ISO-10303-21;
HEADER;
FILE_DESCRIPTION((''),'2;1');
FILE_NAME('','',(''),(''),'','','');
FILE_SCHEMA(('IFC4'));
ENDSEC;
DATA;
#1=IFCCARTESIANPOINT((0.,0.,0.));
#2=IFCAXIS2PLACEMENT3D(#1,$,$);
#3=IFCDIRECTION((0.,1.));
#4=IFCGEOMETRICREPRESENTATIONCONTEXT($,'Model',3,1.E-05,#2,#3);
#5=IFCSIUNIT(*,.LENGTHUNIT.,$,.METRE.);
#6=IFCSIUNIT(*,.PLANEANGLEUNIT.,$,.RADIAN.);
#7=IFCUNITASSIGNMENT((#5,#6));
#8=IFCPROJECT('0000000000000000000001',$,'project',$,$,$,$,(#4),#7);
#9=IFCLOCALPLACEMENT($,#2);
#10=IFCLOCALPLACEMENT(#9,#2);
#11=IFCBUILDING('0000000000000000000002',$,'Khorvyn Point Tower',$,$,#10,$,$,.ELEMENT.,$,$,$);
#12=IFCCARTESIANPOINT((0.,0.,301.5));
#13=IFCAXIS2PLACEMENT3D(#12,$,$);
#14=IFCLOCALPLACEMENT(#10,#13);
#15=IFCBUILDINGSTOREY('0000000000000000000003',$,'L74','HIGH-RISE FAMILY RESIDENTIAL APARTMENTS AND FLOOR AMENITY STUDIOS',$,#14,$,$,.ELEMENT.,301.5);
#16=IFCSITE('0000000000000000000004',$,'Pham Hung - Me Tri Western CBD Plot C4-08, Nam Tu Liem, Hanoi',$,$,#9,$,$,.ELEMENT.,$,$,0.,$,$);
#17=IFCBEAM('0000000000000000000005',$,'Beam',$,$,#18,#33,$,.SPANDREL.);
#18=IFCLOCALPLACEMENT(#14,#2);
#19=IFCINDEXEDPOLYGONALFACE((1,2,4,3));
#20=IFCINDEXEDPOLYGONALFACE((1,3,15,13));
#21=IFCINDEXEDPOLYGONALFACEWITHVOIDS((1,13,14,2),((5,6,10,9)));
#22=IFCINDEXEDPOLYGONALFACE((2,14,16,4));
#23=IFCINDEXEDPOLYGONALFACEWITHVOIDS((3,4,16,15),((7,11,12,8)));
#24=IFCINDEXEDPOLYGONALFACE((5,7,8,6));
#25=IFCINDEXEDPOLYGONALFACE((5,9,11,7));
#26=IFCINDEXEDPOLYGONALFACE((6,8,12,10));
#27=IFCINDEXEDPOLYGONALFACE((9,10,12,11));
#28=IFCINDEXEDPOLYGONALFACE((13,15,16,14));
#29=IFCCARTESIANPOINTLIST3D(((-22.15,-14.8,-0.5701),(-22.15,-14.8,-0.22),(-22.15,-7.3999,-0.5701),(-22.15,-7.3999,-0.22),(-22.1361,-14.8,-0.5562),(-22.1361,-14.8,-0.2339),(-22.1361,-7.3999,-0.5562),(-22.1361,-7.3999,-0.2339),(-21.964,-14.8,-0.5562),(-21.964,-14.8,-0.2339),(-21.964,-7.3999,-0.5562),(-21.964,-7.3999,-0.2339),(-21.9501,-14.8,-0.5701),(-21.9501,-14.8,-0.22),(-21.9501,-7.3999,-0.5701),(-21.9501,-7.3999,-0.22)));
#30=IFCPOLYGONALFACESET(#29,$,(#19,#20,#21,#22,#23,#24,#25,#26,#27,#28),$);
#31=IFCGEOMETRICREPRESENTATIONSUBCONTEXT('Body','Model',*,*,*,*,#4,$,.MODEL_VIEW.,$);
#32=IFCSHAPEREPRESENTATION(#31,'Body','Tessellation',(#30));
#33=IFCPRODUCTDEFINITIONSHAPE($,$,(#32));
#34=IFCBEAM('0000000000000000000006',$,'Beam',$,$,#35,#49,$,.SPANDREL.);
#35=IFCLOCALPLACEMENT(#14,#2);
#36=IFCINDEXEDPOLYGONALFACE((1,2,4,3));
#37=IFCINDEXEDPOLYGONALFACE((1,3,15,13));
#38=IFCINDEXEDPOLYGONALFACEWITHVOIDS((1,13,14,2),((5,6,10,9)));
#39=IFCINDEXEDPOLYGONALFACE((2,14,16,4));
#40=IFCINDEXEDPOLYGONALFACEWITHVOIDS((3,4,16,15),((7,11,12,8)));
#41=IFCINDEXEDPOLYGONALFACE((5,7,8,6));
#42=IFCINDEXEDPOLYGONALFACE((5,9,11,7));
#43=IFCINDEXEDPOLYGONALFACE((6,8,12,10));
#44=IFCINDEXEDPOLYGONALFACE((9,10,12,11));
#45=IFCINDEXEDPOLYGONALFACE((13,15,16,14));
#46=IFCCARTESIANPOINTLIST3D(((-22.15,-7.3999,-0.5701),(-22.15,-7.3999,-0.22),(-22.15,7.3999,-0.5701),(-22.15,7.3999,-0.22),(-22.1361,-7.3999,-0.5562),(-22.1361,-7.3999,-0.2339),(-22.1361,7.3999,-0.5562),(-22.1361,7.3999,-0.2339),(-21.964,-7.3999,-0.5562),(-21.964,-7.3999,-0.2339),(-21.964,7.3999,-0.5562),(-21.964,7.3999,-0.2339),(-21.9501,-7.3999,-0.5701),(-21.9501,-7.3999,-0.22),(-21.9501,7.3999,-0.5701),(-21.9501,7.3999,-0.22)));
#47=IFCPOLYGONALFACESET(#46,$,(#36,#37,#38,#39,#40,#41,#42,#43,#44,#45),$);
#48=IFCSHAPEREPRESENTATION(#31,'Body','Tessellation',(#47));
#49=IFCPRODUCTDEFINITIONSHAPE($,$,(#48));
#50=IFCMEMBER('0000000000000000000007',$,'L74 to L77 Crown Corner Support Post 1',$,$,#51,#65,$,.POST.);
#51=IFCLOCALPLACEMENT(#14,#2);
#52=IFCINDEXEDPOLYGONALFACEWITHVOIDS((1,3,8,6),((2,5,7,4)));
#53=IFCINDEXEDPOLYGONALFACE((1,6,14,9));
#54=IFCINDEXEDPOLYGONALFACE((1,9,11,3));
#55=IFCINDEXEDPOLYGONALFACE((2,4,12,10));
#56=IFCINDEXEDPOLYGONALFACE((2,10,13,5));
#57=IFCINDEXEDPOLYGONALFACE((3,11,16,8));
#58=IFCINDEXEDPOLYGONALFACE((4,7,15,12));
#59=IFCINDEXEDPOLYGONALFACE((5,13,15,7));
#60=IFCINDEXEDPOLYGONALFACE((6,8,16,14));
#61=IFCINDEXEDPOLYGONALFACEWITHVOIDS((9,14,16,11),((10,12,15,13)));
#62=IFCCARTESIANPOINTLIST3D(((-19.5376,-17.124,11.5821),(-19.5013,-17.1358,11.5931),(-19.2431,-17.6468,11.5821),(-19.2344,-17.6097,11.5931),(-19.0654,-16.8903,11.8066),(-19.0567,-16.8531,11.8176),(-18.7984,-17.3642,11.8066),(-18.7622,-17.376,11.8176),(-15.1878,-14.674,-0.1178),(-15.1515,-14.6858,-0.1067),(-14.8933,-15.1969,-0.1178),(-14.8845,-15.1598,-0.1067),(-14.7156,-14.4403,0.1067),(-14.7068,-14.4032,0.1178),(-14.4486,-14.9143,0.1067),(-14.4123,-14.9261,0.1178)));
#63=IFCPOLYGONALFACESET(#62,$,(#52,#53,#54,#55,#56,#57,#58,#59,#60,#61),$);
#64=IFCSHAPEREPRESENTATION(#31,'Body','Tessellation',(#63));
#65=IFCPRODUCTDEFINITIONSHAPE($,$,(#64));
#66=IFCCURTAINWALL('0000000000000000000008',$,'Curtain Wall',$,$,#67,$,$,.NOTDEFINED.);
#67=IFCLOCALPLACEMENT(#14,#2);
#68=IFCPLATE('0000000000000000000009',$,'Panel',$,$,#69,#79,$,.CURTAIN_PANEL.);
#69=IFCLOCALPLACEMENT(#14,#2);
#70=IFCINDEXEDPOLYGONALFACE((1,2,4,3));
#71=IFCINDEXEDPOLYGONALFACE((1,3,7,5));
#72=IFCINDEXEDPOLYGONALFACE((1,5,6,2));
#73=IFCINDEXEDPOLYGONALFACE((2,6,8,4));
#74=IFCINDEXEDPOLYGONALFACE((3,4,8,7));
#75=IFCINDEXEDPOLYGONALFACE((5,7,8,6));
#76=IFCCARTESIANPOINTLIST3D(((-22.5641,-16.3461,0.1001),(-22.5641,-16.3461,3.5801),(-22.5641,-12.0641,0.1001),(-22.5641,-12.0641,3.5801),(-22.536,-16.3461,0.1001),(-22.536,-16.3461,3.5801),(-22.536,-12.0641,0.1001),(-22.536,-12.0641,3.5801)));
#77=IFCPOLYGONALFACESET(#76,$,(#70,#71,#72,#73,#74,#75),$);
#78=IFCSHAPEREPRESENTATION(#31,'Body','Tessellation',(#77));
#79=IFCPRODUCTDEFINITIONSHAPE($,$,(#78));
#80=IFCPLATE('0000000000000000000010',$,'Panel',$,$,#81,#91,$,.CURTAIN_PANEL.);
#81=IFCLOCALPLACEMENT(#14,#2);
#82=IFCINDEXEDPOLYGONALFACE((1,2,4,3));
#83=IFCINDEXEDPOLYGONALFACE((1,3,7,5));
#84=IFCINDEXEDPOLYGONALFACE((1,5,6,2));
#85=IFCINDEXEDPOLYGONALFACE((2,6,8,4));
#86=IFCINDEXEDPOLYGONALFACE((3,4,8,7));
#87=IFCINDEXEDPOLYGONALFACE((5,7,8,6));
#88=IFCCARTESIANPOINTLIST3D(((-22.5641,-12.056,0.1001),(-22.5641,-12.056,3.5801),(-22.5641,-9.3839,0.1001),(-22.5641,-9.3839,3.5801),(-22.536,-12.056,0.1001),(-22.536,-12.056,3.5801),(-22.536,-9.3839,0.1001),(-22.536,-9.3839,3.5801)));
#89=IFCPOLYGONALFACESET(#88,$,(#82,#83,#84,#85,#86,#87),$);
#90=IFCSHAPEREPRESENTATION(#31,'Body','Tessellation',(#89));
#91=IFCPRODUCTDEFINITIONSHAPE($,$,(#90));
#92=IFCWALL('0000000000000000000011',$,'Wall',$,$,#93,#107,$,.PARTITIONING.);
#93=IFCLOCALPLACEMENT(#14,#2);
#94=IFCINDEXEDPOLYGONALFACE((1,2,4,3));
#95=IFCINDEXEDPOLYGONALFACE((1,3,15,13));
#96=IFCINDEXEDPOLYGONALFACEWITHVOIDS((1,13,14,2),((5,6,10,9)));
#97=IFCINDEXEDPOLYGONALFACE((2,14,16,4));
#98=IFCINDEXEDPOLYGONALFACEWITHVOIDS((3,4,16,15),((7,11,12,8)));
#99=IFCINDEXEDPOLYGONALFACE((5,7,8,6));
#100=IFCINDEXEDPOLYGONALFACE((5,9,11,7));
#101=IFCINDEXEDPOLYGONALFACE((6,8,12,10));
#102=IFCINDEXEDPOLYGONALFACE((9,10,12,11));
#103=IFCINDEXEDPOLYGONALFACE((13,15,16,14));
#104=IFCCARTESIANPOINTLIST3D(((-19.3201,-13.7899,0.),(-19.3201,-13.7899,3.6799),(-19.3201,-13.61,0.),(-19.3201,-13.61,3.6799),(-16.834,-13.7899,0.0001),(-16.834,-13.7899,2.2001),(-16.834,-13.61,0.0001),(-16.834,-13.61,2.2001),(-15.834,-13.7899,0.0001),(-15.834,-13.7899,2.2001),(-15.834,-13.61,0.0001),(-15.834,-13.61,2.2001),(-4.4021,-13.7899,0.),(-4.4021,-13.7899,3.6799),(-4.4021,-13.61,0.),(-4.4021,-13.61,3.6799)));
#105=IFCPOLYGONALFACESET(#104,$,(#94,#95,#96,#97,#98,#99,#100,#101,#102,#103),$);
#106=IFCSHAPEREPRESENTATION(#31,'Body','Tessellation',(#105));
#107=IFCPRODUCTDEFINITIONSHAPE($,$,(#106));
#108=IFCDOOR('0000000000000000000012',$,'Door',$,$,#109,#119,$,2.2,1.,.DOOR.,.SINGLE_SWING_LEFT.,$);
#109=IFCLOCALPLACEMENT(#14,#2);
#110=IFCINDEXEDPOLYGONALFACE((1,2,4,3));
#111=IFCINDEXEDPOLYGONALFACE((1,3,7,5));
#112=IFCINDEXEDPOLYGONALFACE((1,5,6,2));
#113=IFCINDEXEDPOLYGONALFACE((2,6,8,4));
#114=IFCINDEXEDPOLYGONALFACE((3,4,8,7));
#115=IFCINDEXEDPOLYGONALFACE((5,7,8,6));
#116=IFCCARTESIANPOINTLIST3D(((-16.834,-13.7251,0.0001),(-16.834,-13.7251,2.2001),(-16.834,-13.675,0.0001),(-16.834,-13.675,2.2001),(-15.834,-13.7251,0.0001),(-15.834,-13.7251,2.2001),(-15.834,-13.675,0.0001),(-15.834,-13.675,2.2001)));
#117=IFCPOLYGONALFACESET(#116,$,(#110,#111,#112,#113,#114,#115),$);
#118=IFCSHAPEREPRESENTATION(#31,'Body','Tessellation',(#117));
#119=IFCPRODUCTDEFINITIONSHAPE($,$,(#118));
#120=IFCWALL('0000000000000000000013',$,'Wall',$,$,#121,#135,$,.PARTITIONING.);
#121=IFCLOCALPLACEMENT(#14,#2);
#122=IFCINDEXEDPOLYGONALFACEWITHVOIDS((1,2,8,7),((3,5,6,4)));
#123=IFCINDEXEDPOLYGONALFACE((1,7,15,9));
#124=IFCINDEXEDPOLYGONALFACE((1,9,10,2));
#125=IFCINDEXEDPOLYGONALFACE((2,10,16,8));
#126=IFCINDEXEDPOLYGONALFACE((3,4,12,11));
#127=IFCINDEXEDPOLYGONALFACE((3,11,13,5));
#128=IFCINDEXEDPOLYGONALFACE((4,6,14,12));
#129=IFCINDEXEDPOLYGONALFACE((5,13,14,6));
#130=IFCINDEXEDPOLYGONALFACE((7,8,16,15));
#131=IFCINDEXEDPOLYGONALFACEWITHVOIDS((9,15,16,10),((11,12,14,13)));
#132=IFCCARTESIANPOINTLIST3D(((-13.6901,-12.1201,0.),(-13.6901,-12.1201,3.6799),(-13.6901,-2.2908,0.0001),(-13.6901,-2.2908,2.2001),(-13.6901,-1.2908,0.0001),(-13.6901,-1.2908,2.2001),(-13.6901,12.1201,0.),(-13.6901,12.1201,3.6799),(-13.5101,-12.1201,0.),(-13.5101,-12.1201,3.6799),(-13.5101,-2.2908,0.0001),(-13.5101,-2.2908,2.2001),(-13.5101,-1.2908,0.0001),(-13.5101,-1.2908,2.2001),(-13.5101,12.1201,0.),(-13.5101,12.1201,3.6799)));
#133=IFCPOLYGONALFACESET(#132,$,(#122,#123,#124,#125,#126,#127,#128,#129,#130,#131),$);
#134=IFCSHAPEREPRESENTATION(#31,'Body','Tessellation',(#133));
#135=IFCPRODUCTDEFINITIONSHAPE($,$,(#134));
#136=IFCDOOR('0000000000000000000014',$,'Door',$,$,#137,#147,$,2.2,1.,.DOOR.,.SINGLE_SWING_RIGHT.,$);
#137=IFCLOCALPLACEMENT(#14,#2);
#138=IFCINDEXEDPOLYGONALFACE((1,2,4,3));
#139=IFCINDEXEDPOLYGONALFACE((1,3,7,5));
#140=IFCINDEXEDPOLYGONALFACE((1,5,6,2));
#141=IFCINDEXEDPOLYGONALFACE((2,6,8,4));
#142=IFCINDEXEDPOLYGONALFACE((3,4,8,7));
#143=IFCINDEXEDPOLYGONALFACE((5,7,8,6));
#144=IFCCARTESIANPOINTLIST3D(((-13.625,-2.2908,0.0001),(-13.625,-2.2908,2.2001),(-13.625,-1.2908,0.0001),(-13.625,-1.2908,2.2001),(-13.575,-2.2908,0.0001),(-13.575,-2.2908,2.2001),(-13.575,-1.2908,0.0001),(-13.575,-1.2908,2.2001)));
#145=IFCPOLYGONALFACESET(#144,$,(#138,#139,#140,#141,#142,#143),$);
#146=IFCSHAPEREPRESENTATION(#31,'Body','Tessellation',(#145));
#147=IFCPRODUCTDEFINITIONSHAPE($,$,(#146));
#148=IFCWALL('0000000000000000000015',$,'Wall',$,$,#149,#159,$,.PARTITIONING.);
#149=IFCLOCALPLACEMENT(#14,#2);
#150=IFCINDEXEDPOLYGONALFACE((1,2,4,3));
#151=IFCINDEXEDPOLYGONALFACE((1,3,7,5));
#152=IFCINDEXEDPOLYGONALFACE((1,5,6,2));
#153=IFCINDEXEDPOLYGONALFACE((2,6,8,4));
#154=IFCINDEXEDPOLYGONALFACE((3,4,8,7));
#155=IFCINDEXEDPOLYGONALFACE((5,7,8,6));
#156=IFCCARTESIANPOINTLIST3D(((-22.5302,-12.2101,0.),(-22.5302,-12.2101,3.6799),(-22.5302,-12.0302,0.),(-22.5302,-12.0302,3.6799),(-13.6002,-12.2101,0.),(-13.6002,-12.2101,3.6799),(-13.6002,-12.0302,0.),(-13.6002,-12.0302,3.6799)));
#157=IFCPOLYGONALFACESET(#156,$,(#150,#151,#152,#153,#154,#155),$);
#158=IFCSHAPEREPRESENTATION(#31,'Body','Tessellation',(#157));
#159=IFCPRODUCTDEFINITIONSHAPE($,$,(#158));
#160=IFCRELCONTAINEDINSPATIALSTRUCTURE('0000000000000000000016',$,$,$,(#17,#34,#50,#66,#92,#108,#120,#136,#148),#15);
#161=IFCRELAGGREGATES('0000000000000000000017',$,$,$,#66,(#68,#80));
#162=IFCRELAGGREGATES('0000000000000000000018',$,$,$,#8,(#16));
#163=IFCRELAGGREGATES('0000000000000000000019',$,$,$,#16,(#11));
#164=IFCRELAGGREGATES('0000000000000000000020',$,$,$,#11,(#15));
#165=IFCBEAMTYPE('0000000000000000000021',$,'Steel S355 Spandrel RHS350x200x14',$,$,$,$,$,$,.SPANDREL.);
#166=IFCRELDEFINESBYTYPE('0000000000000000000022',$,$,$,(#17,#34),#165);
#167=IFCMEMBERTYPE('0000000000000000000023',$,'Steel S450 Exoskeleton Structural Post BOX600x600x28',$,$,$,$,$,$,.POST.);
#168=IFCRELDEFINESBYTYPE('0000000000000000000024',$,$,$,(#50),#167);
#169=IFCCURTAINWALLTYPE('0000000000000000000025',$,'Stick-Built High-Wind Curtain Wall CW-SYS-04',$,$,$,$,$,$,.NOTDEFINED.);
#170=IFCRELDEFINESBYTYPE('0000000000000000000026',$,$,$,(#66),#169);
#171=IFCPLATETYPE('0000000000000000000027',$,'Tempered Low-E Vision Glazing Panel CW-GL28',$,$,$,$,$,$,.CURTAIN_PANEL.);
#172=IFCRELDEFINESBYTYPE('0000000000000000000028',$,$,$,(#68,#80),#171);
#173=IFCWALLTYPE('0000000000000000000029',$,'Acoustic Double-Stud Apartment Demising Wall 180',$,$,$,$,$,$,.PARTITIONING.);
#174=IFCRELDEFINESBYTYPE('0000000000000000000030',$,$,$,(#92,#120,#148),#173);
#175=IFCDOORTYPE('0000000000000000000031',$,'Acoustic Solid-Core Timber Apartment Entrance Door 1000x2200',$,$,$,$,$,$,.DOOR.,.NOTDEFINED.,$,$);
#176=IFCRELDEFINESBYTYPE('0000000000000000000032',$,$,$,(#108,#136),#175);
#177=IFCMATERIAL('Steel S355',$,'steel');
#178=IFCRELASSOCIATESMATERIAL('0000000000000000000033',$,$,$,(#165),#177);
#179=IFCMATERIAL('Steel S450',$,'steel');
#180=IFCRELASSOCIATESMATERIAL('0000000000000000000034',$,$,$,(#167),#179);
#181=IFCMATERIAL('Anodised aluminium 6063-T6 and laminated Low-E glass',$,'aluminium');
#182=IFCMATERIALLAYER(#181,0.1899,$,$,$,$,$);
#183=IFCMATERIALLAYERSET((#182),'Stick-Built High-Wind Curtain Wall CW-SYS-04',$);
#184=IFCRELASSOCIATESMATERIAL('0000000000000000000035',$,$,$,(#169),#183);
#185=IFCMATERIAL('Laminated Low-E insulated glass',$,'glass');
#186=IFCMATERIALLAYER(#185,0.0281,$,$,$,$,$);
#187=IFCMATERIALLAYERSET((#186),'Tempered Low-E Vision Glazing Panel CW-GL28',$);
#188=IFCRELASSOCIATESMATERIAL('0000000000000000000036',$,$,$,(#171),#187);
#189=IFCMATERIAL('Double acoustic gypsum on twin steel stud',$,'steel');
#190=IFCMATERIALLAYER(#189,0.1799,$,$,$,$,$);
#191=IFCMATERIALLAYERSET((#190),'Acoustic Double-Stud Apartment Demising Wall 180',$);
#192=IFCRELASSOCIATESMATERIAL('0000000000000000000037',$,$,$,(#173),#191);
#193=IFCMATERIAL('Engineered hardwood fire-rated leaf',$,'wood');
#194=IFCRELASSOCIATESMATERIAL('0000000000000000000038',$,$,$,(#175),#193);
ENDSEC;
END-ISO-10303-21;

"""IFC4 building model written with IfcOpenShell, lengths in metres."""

from ifc_helpers import new_model, si_unit, direction, frame, frame_2d, origin, origin_2d, place, context, subcontext, project, spatial, rectangle, hollow_rectangle, extrude, material, layer, layer_set, material_profile, profile_set, type_object, element, fill, aggregate, save


model = new_model("IFC4")

# Units and contexts
model_context = context("Model", 3, precision=1e-05, world=origin(), true_north=direction((0.0, 1.0)))
body_context = subcontext(model_context, "Body", "Model", "MODEL_VIEW")
ifc_project = project(units=[si_unit("LENGTHUNIT", "METRE"), si_unit("PLANEANGLEUNIT", "RADIAN")], contexts=[model_context])

# Site, building, storey
site_placement = place(None, origin())
site = spatial("IfcSite", under=ifc_project, at=site_placement, Name="Pham Hung - Me Tri Western CBD Plot C4-08, Nam Tu Liem, Hanoi", CompositionType="ELEMENT", RefElevation=0.0)
building_placement = place(site_placement, origin())
building = spatial("IfcBuilding", under=site, at=building_placement, Name="Khorvyn Point Tower", CompositionType="ELEMENT")
storey_placement = place(building_placement, frame((0.0, 0.0, 301.5)))
storey = spatial("IfcBuildingStorey", under=building, at=storey_placement, Name="L74", Description="HIGH-RISE FAMILY RESIDENTIAL APARTMENTS AND FLOOR AMENITY STUDIOS", CompositionType="ELEMENT", Elevation=301.5)

# Shared definitions
ifc_material_1 = material(Name="Steel S355", Category="steel")

# Beams
ifc_material_profile_1 = material_profile(ifc_material_1, hollow_rectangle(XDim=0.2, YDim=0.3501, WallThickness=0.0139, at=origin_2d()))
ifc_profile_set_1 = profile_set([ifc_material_profile_1], Name="Steel S355 RHS350x200x14")
beam_type_1 = type_object("IfcBeamType", Name="Steel S355 Spandrel RHS350x200x14", PredefinedType="SPANDREL", material=ifc_profile_set_1)
beam_1_placement = place(storey_placement, frame((-22.05, -14.8, -0.395), z_axis=(0.0, 1.0, 0.0), x_axis=(-1.0, 0.0, 0.0)))
element("IfcBeam", 1, at=beam_1_placement, inside=storey, type_object=beam_type_1, Name="Beam", PredefinedType="SPANDREL", context=body_context, shape_type="SweptSolid", body=[
    extrude(hollow_rectangle(XDim=0.2, YDim=0.3501, WallThickness=0.0139, at=origin_2d()), origin(), (0.0, 0.0, 1.0), 7.4001),
])
beam_2_placement = place(storey_placement, frame((-22.05, -7.3999, -0.395), z_axis=(0.0, 1.0, 0.0), x_axis=(-1.0, 0.0, 0.0)))
element("IfcBeam", 2, at=beam_2_placement, inside=storey, type_object=beam_type_1, Name="Beam", PredefinedType="SPANDREL", context=body_context, shape_type="SweptSolid", body=[
    extrude(hollow_rectangle(XDim=0.2, YDim=0.3501, WallThickness=0.0139, at=origin_2d()), origin(), (0.0, 0.0, 1.0), 14.7998),
])

# Member
ifc_material_2 = material(Name="Steel S450", Category="steel")
ifc_material_profile_2 = material_profile(ifc_material_2, hollow_rectangle(XDim=0.6001, YDim=0.6001, WallThickness=0.0281, at=origin_2d()))
ifc_profile_set_2 = profile_set([ifc_material_profile_2], Name="Steel S450 BOX600x600x28")
member_type = type_object("IfcMemberType", Name="Steel S450 Exoskeleton Structural Post BOX600x600x28", PredefinedType="POST", material=ifc_profile_set_2)
member_placement = place(storey_placement, frame((-14.8, -14.8, 0.0), z_axis=(-0.341955, -0.192598, 0.919768), x_axis=(0.490742, -0.871305, 0.0)))
element("IfcMember", 3, at=member_placement, inside=storey, type_object=member_type, Name="L74 to L77 Crown Corner Support Post 1", PredefinedType="POST", context=body_context, shape_type="SweptSolid", body=[
    extrude(hollow_rectangle(XDim=0.6001, YDim=0.6001, WallThickness=0.0281, at=origin_2d()), origin(), (0.0, 0.0, 1.0), 12.7205),
])

# Curtain wall, plates
ifc_material_3 = material(Name="Anodised aluminium 6063-T6 and laminated Low-E glass", Category="aluminium")
ifc_layer_1 = layer(ifc_material_3, 0.1899)
ifc_layer_set_1 = layer_set([ifc_layer_1], Name="Stick-Built High-Wind Curtain Wall CW-SYS-04")
curtain_wall_type = type_object("IfcCurtainWallType", Name="Stick-Built High-Wind Curtain Wall CW-SYS-04", PredefinedType="NOTDEFINED", material=ifc_layer_set_1)
curtain_wall_placement = place(storey_placement, origin())
curtain_wall = element("IfcCurtainWall", 4, at=curtain_wall_placement, inside=storey, type_object=curtain_wall_type, Name="Curtain Wall", PredefinedType="NOTDEFINED")
ifc_material_4 = material(Name="Laminated Low-E insulated glass", Category="glass")
ifc_layer_2 = layer(ifc_material_4, 0.0281)
ifc_layer_set_2 = layer_set([ifc_layer_2], Name="Tempered Low-E Vision Glazing Panel CW-GL28")
plate_type = type_object("IfcPlateType", Name="Tempered Low-E Vision Glazing Panel CW-GL28", PredefinedType="CURTAIN_PANEL", material=ifc_layer_set_2)
plate_1_placement = place(storey_placement, frame((-22.55, -14.2051, 0.1001), z_axis=(0.0, 0.0, 1.0), x_axis=(0.0, 1.0, 0.0)))
plate_1 = element("IfcPlate", 5, at=plate_1_placement, type_object=plate_type, Name="Panel", PredefinedType="CURTAIN_PANEL", context=body_context, shape_type="SweptSolid", body=[
    extrude(rectangle(XDim=4.282, YDim=0.0281, at=origin_2d()), origin(), (0.0, 0.0, 1.0), 3.48),
])
plate_2_placement = place(storey_placement, frame((-22.55, -10.72, 0.1001), z_axis=(0.0, 0.0, 1.0), x_axis=(0.0, 1.0, 0.0)))
plate_2 = element("IfcPlate", 6, at=plate_2_placement, type_object=plate_type, Name="Panel", PredefinedType="CURTAIN_PANEL", context=body_context, shape_type="SweptSolid", body=[
    extrude(rectangle(XDim=2.6721, YDim=0.0281, at=origin_2d()), origin(), (0.0, 0.0, 1.0), 3.48),
])
aggregate(curtain_wall, [plate_1, plate_2])

# Walls, openings, doors
ifc_material_5 = material(Name="Double acoustic gypsum on twin steel stud", Category="steel")
ifc_layer_3 = layer(ifc_material_5, 0.1799)
ifc_layer_set_3 = layer_set([ifc_layer_3], Name="Acoustic Double-Stud Apartment Demising Wall 180")
wall_type_1 = type_object("IfcWallType", Name="Acoustic Double-Stud Apartment Demising Wall 180", PredefinedType="PARTITIONING", material=ifc_layer_set_3)
wall_1_placement = place(storey_placement, frame((-19.3201, -13.7, 0.0), z_axis=(0.0, 0.0, 1.0), x_axis=(1.0, 0.0, 0.0)))
wall_1 = element("IfcWall", 7, at=wall_1_placement, inside=storey, type_object=wall_type_1, Name="Wall", PredefinedType="PARTITIONING", context=body_context, shape_type="SweptSolid", body=[
    extrude(rectangle(XDim=14.918, YDim=0.1799, at=frame_2d((7.459, 0.0))), origin(), (0.0, 0.0, 1.0), 3.6799),
])
opening_1_placement = place(wall_1_placement, frame((2.4861, 0.0, 0.0)))
opening_1 = element("IfcOpeningElement", 8, at=opening_1_placement, cuts=wall_1, PredefinedType="OPENING", context=body_context, shape_type="SweptSolid", body=[
    extrude(rectangle(XDim=1.0, YDim=2.2, at=frame_2d((0.5, 1.1001))), frame((0.0, 0.0999, 0.0), z_axis=(0.0, -1.0, 0.0), x_axis=(1.0, 0.0, 0.0)), (0.0, 0.0, 1.0), 0.2),
])
ifc_material_6 = material(Name="Engineered hardwood fire-rated leaf", Category="wood")
door_type_1 = type_object("IfcDoorType", Name="Acoustic Solid-Core Timber Apartment Entrance Door 1000x2200", OperationType="NOTDEFINED", PredefinedType="DOOR", material=ifc_material_6)
door_1_placement = place(opening_1_placement, origin())
door_1 = element("IfcDoor", 9, at=door_1_placement, inside=storey, type_object=door_type_1, Name="Door", OperationType="SINGLE_SWING_LEFT", OverallHeight=2.2, OverallWidth=1.0, PredefinedType="DOOR", context=body_context, shape_type="SweptSolid", body=[
    extrude(rectangle(XDim=1.0, YDim=2.2, at=frame_2d((0.5, 1.1001))), frame((0.0, 0.0249, 0.0), z_axis=(0.0, -1.0, 0.0), x_axis=(1.0, 0.0, 0.0)), (0.0, 0.0, 1.0), 0.05),
])
fill(opening_1, door_1)
wall_2_placement = place(storey_placement, frame((-13.6001, -12.1201, 0.0), z_axis=(0.0, 0.0, 1.0), x_axis=(0.0, 1.0, 0.0)))
wall_2 = element("IfcWall", 10, at=wall_2_placement, inside=storey, type_object=wall_type_1, Name="Wall", PredefinedType="PARTITIONING", context=body_context, shape_type="SweptSolid", body=[
    extrude(rectangle(XDim=24.2402, YDim=0.1799, at=frame_2d((12.1201, 0.0))), origin(), (0.0, 0.0, 1.0), 3.6799),
])
opening_2_placement = place(wall_2_placement, frame((9.8293, 0.0, 0.0)))
opening_2 = element("IfcOpeningElement", 11, at=opening_2_placement, cuts=wall_2, PredefinedType="OPENING", context=body_context, shape_type="SweptSolid", body=[
    extrude(rectangle(XDim=1.0, YDim=2.2, at=frame_2d((0.5, 1.1001))), frame((0.0, 0.0999, 0.0), z_axis=(0.0, -1.0, 0.0), x_axis=(1.0, 0.0, 0.0)), (0.0, 0.0, 1.0), 0.2),
])
door_2_placement = place(opening_2_placement, origin())
door_2 = element("IfcDoor", 12, at=door_2_placement, inside=storey, type_object=door_type_1, Name="Door", OperationType="SINGLE_SWING_RIGHT", OverallHeight=2.2, OverallWidth=1.0, PredefinedType="DOOR", context=body_context, shape_type="SweptSolid", body=[
    extrude(rectangle(XDim=1.0, YDim=2.2, at=frame_2d((0.5, 1.1001))), frame((0.0, 0.0249, 0.0), z_axis=(0.0, -1.0, 0.0), x_axis=(1.0, 0.0, 0.0)), (0.0, 0.0, 1.0), 0.05),
])
fill(opening_2, door_2)

# Wall
wall_3_placement = place(storey_placement, frame((-22.53, -12.1201, 0.0), z_axis=(0.0, 0.0, 1.0), x_axis=(1.0, 0.0, 0.0)))
element("IfcWall", 13, at=wall_3_placement, inside=storey, type_object=wall_type_1, Name="Wall", PredefinedType="PARTITIONING", context=body_context, shape_type="SweptSolid", body=[
    extrude(rectangle(XDim=8.9299, YDim=0.1799, at=frame_2d((4.4648, 0.0))), origin(), (0.0, 0.0, 1.0), 3.6799),
])

save(model, "model.ifc")
